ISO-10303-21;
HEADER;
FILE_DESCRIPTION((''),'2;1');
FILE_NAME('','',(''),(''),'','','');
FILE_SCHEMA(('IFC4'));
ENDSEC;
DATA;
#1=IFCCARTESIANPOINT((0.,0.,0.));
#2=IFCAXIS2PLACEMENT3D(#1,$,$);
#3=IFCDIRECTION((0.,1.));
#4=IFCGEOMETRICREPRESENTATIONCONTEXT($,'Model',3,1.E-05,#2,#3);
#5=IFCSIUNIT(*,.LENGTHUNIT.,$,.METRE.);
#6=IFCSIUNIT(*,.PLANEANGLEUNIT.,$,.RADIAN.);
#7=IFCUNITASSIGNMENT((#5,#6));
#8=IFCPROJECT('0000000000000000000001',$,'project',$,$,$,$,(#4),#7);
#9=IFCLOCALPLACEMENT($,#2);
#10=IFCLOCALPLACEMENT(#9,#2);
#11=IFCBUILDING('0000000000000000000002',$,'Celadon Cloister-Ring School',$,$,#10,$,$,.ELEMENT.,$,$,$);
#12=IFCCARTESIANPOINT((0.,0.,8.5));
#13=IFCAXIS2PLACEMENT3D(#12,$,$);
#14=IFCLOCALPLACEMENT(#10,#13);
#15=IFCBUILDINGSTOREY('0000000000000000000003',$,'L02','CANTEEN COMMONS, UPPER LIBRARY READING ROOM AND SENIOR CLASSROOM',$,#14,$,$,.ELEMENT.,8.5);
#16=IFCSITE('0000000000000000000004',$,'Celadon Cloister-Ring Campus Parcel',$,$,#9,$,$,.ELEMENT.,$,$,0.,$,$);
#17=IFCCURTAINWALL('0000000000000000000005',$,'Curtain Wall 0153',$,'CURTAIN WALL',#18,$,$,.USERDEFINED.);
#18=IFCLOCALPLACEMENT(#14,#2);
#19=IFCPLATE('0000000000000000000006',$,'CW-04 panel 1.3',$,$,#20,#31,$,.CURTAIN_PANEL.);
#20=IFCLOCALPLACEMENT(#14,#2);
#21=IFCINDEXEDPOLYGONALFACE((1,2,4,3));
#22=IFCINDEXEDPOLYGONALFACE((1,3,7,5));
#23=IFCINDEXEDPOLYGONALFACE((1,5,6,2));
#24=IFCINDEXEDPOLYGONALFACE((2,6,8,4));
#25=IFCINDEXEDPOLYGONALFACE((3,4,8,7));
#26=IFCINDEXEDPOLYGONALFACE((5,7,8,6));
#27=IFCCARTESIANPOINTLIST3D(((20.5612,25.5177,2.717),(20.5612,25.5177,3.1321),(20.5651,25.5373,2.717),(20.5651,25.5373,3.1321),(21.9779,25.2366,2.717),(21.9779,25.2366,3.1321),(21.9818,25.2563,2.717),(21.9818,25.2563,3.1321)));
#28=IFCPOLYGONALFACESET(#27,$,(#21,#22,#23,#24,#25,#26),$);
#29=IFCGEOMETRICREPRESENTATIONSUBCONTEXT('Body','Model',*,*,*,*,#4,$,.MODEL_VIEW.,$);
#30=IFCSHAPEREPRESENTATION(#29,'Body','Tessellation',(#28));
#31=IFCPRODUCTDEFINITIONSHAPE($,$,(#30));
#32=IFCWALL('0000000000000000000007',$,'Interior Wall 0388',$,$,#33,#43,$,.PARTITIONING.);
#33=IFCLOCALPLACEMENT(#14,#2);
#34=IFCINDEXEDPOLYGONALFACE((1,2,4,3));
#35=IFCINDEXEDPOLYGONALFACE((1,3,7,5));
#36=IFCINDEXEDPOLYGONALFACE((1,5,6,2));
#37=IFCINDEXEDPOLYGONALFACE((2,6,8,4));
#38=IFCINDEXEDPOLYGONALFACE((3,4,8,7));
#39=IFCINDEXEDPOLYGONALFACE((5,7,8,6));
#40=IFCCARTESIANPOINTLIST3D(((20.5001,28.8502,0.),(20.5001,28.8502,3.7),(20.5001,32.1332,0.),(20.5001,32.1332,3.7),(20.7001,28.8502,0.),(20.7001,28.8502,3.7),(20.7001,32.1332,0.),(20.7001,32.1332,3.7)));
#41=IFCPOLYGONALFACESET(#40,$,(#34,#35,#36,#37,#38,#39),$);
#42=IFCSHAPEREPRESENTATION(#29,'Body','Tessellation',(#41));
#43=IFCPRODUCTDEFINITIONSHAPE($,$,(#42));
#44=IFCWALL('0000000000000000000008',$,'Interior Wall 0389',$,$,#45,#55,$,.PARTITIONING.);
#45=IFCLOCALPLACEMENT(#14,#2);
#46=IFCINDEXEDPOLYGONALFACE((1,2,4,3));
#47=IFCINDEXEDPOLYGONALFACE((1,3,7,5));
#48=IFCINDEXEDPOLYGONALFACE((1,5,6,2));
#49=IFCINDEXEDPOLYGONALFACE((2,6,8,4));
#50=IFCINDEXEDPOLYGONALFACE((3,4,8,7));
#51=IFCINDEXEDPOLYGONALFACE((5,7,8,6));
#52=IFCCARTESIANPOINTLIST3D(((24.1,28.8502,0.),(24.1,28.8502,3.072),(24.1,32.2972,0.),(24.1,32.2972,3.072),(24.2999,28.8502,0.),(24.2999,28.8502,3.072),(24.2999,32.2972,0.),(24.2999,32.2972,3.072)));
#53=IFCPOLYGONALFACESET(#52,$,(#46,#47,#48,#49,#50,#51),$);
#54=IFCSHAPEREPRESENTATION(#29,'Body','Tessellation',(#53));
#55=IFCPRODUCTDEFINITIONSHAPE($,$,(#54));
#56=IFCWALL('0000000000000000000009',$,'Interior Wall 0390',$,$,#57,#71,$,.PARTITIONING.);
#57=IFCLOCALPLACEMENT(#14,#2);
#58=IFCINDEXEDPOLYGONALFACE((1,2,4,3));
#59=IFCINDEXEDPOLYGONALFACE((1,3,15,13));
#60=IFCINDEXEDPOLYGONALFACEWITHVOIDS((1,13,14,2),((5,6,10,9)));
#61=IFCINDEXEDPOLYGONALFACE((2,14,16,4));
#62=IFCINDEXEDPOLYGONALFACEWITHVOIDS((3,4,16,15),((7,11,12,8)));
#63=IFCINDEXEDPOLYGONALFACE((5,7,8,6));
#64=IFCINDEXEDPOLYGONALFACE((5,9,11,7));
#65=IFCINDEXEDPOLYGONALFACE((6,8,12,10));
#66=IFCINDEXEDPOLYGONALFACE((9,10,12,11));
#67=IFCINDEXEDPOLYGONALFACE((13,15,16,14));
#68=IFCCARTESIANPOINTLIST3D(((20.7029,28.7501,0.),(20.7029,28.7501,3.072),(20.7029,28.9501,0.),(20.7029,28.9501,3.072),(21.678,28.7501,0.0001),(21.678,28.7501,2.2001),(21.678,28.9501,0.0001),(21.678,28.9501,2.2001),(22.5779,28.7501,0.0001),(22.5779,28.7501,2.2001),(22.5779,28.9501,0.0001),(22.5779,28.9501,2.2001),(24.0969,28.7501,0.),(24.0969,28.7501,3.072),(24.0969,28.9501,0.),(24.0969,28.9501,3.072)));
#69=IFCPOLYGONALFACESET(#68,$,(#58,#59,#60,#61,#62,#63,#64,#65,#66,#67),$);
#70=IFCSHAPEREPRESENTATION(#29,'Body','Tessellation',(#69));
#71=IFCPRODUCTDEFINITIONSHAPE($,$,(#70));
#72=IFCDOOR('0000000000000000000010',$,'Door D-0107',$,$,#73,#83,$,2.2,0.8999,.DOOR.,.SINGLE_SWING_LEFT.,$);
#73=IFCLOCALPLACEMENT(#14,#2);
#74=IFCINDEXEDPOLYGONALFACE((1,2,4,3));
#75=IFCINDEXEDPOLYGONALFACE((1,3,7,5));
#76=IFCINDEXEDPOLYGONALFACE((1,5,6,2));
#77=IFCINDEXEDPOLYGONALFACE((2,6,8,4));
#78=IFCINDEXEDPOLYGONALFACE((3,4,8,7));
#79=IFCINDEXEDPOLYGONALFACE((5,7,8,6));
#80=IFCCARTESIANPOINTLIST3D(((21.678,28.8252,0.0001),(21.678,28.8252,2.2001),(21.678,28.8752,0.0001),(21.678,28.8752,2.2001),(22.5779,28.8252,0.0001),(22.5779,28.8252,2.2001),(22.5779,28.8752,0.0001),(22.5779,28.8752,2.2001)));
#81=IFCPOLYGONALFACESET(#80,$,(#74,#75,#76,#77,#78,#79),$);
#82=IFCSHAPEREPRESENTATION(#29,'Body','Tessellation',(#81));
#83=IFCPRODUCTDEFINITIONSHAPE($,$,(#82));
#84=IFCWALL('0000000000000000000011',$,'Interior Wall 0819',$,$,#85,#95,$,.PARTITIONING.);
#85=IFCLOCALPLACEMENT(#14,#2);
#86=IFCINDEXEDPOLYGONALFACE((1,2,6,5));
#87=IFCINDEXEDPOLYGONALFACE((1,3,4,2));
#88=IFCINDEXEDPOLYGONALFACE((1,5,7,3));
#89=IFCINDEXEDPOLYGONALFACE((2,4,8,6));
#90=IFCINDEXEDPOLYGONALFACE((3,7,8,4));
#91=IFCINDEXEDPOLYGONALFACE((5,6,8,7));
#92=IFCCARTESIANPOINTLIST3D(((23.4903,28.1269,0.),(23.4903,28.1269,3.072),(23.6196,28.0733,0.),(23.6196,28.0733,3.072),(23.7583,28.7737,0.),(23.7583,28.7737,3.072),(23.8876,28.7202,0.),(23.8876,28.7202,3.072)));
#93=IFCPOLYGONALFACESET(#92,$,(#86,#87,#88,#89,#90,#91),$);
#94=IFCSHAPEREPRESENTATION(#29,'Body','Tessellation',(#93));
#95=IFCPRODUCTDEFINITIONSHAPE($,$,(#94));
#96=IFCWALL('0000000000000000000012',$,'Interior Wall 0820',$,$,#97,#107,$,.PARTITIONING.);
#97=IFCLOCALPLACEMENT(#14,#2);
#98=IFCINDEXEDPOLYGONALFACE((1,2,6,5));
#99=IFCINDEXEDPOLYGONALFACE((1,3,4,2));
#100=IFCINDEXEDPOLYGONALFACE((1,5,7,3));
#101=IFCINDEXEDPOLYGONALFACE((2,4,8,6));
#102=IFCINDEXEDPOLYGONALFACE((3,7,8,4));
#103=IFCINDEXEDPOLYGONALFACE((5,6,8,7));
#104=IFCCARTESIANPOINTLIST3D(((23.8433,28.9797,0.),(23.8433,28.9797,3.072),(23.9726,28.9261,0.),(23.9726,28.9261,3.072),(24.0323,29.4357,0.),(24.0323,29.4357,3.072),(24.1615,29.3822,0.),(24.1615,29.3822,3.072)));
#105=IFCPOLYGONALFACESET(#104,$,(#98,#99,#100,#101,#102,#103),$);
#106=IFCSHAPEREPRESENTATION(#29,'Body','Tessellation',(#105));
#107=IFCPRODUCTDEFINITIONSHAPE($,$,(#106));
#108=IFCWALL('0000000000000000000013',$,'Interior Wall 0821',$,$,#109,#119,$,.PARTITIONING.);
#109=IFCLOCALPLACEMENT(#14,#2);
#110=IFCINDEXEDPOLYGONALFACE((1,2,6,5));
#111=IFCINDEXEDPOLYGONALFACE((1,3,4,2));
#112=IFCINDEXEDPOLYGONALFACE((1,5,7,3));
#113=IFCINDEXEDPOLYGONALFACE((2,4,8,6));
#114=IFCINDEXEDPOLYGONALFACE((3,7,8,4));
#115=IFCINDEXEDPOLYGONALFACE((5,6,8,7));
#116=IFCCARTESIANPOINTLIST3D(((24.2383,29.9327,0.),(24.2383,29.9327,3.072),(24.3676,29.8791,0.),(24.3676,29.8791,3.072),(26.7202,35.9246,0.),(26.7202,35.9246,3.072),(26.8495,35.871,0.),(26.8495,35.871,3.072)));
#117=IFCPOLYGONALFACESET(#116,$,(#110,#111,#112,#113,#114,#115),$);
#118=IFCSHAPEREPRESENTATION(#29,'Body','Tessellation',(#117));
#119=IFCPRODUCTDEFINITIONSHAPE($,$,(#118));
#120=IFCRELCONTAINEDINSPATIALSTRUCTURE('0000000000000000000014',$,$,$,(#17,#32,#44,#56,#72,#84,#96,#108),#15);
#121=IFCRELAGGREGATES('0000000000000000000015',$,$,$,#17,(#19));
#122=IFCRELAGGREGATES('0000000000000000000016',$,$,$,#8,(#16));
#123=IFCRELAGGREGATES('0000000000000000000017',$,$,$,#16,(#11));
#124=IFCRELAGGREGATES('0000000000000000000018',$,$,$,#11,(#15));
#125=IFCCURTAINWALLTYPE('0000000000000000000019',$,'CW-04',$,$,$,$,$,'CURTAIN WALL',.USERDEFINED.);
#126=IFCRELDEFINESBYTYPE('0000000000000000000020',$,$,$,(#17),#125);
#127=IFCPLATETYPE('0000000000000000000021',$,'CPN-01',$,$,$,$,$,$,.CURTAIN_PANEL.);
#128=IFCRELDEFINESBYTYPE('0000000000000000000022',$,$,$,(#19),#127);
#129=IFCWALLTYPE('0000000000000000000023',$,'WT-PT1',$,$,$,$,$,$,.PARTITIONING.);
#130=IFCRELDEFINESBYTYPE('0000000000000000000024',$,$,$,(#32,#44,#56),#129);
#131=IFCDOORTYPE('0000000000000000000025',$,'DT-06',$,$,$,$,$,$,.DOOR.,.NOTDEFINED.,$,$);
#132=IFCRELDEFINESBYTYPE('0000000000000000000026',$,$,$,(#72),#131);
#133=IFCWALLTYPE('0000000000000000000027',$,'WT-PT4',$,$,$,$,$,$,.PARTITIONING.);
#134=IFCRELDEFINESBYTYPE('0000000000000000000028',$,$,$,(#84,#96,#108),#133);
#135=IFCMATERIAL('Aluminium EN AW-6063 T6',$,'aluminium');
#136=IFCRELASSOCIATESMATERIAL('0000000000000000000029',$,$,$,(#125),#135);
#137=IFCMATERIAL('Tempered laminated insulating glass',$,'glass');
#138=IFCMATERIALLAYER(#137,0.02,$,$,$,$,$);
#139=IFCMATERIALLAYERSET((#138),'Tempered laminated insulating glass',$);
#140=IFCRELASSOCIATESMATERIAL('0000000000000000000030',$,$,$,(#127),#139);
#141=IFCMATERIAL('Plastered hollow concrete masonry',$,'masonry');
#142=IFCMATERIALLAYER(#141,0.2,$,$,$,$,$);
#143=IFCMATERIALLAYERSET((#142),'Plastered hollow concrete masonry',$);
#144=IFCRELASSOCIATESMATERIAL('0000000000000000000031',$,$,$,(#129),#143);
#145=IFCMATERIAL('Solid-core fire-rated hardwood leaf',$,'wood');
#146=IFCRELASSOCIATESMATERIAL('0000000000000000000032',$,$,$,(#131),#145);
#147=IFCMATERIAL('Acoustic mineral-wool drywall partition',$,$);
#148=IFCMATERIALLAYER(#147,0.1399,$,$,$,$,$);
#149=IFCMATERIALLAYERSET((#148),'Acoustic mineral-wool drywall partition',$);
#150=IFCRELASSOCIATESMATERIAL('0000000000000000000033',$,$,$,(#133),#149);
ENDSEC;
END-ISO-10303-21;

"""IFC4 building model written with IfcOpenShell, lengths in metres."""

from ifc_helpers import new_model, si_unit, direction, frame, frame_2d, origin, origin_2d, place, context, subcontext, project, spatial, rectangle, extrude, material, layer, layer_set, type_object, element, fill, aggregate, save


model = new_model("IFC4")

# Units and contexts
model_context = context("Model", 3, precision=1e-05, world=origin(), true_north=direction((0.0, 1.0)))
body_context = subcontext(model_context, "Body", "Model", "MODEL_VIEW")
ifc_project = project(units=[si_unit("LENGTHUNIT", "METRE"), si_unit("PLANEANGLEUNIT", "RADIAN")], contexts=[model_context])

# Site, building, storey
site_placement = place(None, origin())
site = spatial("IfcSite", under=ifc_project, at=site_placement, Name="Celadon Cloister-Ring Campus Parcel", CompositionType="ELEMENT", RefElevation=0.0)
building_placement = place(site_placement, origin())
building = spatial("IfcBuilding", under=site, at=building_placement, Name="Celadon Cloister-Ring School", CompositionType="ELEMENT")
storey_placement = place(building_placement, frame((0.0, 0.0, 8.5)))
storey = spatial("IfcBuildingStorey", under=building, at=storey_placement, Name="L02", Description="CANTEEN COMMONS, UPPER LIBRARY READING ROOM AND SENIOR CLASSROOM", CompositionType="ELEMENT", Elevation=8.5)

# Curtain wall, plate
ifc_material_1 = material(Name="Aluminium EN AW-6063 T6", Category="aluminium")
curtain_wall_type = type_object("IfcCurtainWallType", Name="CW-04", ElementType="CURTAIN WALL", PredefinedType="USERDEFINED", material=ifc_material_1)
curtain_wall_placement = place(storey_placement, origin())
curtain_wall = element("IfcCurtainWall", 1, at=curtain_wall_placement, inside=storey, type_object=curtain_wall_type, Name="Curtain Wall 0153", ObjectType="CURTAIN WALL", PredefinedType="USERDEFINED")
ifc_material_2 = material(Name="Tempered laminated insulating glass", Category="glass")
ifc_layer_1 = layer(ifc_material_2, 0.02)
ifc_layer_set_1 = layer_set([ifc_layer_1], Name="Tempered laminated insulating glass")
plate_type = type_object("IfcPlateType", Name="CPN-01", PredefinedType="CURTAIN_PANEL", material=ifc_layer_set_1)
plate_1_placement = place(storey_placement, frame((21.2715, 25.387, 2.717), z_axis=(0.0, 0.0, 1.0), x_axis=(-0.980885, 0.194586, 0.0)))
plate_1 = element("IfcPlate", 2, at=plate_1_placement, type_object=plate_type, Name="CW-04 panel 1.3", PredefinedType="CURTAIN_PANEL", context=body_context, shape_type="SweptSolid", body=[
    extrude(rectangle(XDim=1.4443, YDim=0.02, at=origin_2d()), origin(), (0.0, 0.0, 1.0), 0.415),
])
aggregate(curtain_wall, [plate_1])

# Walls
ifc_material_3 = material(Name="Plastered hollow concrete masonry", Category="masonry")
ifc_layer_2 = layer(ifc_material_3, 0.2)
ifc_layer_set_2 = layer_set([ifc_layer_2], Name="Plastered hollow concrete masonry")
wall_type_1 = type_object("IfcWallType", Name="WT-PT1", PredefinedType="PARTITIONING", material=ifc_layer_set_2)
wall_1_placement = place(storey_placement, frame((20.6001, 28.8501, 0.0), z_axis=(0.0, 0.0, 1.0), x_axis=(0.0, 1.0, 0.0)))
element("IfcWall", 3, at=wall_1_placement, inside=storey, type_object=wall_type_1, Name="Interior Wall 0388", PredefinedType="PARTITIONING", context=body_context, shape_type="SweptSolid", body=[
    extrude(rectangle(XDim=3.283, YDim=0.2, at=frame_2d((1.6416, 0.0))), origin(), (0.0, 0.0, 1.0), 3.7),
])
wall_2_placement = place(storey_placement, frame((24.2, 28.8501, 0.0), z_axis=(0.0, 0.0, 1.0), x_axis=(0.0, 1.0, 0.0)))
element("IfcWall", 4, at=wall_2_placement, inside=storey, type_object=wall_type_1, Name="Interior Wall 0389", PredefinedType="PARTITIONING", context=body_context, shape_type="SweptSolid", body=[
    extrude(rectangle(XDim=3.447, YDim=0.2, at=frame_2d((1.7236, 0.0))), origin(), (0.0, 0.0, 1.0), 3.072),
])

# Wall, opening, door
wall_3_placement = place(storey_placement, frame((24.0969, 28.8501, 0.0), z_axis=(0.0, 0.0, 1.0), x_axis=(-1.0, 0.0, 0.0)))
wall_3 = element("IfcWall", 5, at=wall_3_placement, inside=storey, type_object=wall_type_1, Name="Interior Wall 0390", PredefinedType="PARTITIONING", context=body_context, shape_type="SweptSolid", body=[
    extrude(rectangle(XDim=3.394, YDim=0.2, at=frame_2d((1.697, 0.0))), origin(), (0.0, 0.0, 1.0), 3.072),
])
opening_1_placement = place(wall_3_placement, frame((1.519, 0.0, 0.0)))
opening_1 = element("IfcOpeningElement", 6, at=opening_1_placement, cuts=wall_3, PredefinedType="OPENING", context=body_context, shape_type="SweptSolid", body=[
    extrude(rectangle(XDim=0.8999, YDim=2.2, at=frame_2d((0.45, 1.1001))), frame((0.0, 0.1099, 0.0), z_axis=(0.0, -1.0, 0.0), x_axis=(1.0, 0.0, 0.0)), (0.0, 0.0, 1.0), 0.22),
])
ifc_material_4 = material(Name="Solid-core fire-rated hardwood leaf", Category="wood")
door_type_1 = type_object("IfcDoorType", Name="DT-06", OperationType="NOTDEFINED", PredefinedType="DOOR", material=ifc_material_4)
door_1_placement = place(opening_1_placement, origin())
door_1 = element("IfcDoor", 7, at=door_1_placement, inside=storey, type_object=door_type_1, Name="Door D-0107", OperationType="SINGLE_SWING_LEFT", OverallHeight=2.2, OverallWidth=0.8999, PredefinedType="DOOR", context=body_context, shape_type="SweptSolid", body=[
    extrude(rectangle(XDim=0.8999, YDim=2.2, at=frame_2d((0.45, 1.1001))), frame((0.0, 0.0249, 0.0), z_axis=(0.0, -1.0, 0.0), x_axis=(1.0, 0.0, 0.0)), (0.0, 0.0, 1.0), 0.05),
])
fill(opening_1, door_1)

# Walls
ifc_material_5 = material(Name="Acoustic mineral-wool drywall partition")
ifc_layer_3 = layer(ifc_material_5, 0.1399)
ifc_layer_set_3 = layer_set([ifc_layer_3], Name="Acoustic mineral-wool drywall partition")
wall_type_2 = type_object("IfcWallType", Name="WT-PT4", PredefinedType="PARTITIONING", material=ifc_layer_set_3)
wall_4_placement = place(storey_placement, frame((23.5549, 28.1001, 0.0), z_axis=(0.0, 0.0, 1.0), x_axis=(0.382783, 0.923838, 0.0)))
element("IfcWall", 8, at=wall_4_placement, inside=storey, type_object=wall_type_2, Name="Interior Wall 0819", PredefinedType="PARTITIONING", context=body_context, shape_type="SweptSolid", body=[
    extrude(rectangle(XDim=0.7002, YDim=0.1399, at=frame_2d((0.3501, 0.0))), origin(), (0.0, 0.0, 1.0), 3.072),
])
wall_5_placement = place(storey_placement, frame((23.908, 28.9529, 0.0), z_axis=(0.0, 0.0, 1.0), x_axis=(0.382789, 0.923836, 0.0)))
element("IfcWall", 9, at=wall_5_placement, inside=storey, type_object=wall_type_2, Name="Interior Wall 0820", PredefinedType="PARTITIONING", context=body_context, shape_type="SweptSolid", body=[
    extrude(rectangle(XDim=0.4937, YDim=0.1399, at=frame_2d((0.2468, 0.0))), origin(), (0.0, 0.0, 1.0), 3.072),
])
wall_6_placement = place(storey_placement, frame((24.303, 29.906, 0.0), z_axis=(0.0, 0.0, 1.0), x_axis=(0.382682, 0.92388, 0.0)))
element("IfcWall", 10, at=wall_6_placement, inside=storey, type_object=wall_type_2, Name="Interior Wall 0821", PredefinedType="PARTITIONING", context=body_context, shape_type="SweptSolid", body=[
    extrude(rectangle(XDim=6.4856, YDim=0.1399, at=frame_2d((3.2427, 0.0))), origin(), (0.0, 0.0, 1.0), 3.072),
])

save(model, "model.ifc")
